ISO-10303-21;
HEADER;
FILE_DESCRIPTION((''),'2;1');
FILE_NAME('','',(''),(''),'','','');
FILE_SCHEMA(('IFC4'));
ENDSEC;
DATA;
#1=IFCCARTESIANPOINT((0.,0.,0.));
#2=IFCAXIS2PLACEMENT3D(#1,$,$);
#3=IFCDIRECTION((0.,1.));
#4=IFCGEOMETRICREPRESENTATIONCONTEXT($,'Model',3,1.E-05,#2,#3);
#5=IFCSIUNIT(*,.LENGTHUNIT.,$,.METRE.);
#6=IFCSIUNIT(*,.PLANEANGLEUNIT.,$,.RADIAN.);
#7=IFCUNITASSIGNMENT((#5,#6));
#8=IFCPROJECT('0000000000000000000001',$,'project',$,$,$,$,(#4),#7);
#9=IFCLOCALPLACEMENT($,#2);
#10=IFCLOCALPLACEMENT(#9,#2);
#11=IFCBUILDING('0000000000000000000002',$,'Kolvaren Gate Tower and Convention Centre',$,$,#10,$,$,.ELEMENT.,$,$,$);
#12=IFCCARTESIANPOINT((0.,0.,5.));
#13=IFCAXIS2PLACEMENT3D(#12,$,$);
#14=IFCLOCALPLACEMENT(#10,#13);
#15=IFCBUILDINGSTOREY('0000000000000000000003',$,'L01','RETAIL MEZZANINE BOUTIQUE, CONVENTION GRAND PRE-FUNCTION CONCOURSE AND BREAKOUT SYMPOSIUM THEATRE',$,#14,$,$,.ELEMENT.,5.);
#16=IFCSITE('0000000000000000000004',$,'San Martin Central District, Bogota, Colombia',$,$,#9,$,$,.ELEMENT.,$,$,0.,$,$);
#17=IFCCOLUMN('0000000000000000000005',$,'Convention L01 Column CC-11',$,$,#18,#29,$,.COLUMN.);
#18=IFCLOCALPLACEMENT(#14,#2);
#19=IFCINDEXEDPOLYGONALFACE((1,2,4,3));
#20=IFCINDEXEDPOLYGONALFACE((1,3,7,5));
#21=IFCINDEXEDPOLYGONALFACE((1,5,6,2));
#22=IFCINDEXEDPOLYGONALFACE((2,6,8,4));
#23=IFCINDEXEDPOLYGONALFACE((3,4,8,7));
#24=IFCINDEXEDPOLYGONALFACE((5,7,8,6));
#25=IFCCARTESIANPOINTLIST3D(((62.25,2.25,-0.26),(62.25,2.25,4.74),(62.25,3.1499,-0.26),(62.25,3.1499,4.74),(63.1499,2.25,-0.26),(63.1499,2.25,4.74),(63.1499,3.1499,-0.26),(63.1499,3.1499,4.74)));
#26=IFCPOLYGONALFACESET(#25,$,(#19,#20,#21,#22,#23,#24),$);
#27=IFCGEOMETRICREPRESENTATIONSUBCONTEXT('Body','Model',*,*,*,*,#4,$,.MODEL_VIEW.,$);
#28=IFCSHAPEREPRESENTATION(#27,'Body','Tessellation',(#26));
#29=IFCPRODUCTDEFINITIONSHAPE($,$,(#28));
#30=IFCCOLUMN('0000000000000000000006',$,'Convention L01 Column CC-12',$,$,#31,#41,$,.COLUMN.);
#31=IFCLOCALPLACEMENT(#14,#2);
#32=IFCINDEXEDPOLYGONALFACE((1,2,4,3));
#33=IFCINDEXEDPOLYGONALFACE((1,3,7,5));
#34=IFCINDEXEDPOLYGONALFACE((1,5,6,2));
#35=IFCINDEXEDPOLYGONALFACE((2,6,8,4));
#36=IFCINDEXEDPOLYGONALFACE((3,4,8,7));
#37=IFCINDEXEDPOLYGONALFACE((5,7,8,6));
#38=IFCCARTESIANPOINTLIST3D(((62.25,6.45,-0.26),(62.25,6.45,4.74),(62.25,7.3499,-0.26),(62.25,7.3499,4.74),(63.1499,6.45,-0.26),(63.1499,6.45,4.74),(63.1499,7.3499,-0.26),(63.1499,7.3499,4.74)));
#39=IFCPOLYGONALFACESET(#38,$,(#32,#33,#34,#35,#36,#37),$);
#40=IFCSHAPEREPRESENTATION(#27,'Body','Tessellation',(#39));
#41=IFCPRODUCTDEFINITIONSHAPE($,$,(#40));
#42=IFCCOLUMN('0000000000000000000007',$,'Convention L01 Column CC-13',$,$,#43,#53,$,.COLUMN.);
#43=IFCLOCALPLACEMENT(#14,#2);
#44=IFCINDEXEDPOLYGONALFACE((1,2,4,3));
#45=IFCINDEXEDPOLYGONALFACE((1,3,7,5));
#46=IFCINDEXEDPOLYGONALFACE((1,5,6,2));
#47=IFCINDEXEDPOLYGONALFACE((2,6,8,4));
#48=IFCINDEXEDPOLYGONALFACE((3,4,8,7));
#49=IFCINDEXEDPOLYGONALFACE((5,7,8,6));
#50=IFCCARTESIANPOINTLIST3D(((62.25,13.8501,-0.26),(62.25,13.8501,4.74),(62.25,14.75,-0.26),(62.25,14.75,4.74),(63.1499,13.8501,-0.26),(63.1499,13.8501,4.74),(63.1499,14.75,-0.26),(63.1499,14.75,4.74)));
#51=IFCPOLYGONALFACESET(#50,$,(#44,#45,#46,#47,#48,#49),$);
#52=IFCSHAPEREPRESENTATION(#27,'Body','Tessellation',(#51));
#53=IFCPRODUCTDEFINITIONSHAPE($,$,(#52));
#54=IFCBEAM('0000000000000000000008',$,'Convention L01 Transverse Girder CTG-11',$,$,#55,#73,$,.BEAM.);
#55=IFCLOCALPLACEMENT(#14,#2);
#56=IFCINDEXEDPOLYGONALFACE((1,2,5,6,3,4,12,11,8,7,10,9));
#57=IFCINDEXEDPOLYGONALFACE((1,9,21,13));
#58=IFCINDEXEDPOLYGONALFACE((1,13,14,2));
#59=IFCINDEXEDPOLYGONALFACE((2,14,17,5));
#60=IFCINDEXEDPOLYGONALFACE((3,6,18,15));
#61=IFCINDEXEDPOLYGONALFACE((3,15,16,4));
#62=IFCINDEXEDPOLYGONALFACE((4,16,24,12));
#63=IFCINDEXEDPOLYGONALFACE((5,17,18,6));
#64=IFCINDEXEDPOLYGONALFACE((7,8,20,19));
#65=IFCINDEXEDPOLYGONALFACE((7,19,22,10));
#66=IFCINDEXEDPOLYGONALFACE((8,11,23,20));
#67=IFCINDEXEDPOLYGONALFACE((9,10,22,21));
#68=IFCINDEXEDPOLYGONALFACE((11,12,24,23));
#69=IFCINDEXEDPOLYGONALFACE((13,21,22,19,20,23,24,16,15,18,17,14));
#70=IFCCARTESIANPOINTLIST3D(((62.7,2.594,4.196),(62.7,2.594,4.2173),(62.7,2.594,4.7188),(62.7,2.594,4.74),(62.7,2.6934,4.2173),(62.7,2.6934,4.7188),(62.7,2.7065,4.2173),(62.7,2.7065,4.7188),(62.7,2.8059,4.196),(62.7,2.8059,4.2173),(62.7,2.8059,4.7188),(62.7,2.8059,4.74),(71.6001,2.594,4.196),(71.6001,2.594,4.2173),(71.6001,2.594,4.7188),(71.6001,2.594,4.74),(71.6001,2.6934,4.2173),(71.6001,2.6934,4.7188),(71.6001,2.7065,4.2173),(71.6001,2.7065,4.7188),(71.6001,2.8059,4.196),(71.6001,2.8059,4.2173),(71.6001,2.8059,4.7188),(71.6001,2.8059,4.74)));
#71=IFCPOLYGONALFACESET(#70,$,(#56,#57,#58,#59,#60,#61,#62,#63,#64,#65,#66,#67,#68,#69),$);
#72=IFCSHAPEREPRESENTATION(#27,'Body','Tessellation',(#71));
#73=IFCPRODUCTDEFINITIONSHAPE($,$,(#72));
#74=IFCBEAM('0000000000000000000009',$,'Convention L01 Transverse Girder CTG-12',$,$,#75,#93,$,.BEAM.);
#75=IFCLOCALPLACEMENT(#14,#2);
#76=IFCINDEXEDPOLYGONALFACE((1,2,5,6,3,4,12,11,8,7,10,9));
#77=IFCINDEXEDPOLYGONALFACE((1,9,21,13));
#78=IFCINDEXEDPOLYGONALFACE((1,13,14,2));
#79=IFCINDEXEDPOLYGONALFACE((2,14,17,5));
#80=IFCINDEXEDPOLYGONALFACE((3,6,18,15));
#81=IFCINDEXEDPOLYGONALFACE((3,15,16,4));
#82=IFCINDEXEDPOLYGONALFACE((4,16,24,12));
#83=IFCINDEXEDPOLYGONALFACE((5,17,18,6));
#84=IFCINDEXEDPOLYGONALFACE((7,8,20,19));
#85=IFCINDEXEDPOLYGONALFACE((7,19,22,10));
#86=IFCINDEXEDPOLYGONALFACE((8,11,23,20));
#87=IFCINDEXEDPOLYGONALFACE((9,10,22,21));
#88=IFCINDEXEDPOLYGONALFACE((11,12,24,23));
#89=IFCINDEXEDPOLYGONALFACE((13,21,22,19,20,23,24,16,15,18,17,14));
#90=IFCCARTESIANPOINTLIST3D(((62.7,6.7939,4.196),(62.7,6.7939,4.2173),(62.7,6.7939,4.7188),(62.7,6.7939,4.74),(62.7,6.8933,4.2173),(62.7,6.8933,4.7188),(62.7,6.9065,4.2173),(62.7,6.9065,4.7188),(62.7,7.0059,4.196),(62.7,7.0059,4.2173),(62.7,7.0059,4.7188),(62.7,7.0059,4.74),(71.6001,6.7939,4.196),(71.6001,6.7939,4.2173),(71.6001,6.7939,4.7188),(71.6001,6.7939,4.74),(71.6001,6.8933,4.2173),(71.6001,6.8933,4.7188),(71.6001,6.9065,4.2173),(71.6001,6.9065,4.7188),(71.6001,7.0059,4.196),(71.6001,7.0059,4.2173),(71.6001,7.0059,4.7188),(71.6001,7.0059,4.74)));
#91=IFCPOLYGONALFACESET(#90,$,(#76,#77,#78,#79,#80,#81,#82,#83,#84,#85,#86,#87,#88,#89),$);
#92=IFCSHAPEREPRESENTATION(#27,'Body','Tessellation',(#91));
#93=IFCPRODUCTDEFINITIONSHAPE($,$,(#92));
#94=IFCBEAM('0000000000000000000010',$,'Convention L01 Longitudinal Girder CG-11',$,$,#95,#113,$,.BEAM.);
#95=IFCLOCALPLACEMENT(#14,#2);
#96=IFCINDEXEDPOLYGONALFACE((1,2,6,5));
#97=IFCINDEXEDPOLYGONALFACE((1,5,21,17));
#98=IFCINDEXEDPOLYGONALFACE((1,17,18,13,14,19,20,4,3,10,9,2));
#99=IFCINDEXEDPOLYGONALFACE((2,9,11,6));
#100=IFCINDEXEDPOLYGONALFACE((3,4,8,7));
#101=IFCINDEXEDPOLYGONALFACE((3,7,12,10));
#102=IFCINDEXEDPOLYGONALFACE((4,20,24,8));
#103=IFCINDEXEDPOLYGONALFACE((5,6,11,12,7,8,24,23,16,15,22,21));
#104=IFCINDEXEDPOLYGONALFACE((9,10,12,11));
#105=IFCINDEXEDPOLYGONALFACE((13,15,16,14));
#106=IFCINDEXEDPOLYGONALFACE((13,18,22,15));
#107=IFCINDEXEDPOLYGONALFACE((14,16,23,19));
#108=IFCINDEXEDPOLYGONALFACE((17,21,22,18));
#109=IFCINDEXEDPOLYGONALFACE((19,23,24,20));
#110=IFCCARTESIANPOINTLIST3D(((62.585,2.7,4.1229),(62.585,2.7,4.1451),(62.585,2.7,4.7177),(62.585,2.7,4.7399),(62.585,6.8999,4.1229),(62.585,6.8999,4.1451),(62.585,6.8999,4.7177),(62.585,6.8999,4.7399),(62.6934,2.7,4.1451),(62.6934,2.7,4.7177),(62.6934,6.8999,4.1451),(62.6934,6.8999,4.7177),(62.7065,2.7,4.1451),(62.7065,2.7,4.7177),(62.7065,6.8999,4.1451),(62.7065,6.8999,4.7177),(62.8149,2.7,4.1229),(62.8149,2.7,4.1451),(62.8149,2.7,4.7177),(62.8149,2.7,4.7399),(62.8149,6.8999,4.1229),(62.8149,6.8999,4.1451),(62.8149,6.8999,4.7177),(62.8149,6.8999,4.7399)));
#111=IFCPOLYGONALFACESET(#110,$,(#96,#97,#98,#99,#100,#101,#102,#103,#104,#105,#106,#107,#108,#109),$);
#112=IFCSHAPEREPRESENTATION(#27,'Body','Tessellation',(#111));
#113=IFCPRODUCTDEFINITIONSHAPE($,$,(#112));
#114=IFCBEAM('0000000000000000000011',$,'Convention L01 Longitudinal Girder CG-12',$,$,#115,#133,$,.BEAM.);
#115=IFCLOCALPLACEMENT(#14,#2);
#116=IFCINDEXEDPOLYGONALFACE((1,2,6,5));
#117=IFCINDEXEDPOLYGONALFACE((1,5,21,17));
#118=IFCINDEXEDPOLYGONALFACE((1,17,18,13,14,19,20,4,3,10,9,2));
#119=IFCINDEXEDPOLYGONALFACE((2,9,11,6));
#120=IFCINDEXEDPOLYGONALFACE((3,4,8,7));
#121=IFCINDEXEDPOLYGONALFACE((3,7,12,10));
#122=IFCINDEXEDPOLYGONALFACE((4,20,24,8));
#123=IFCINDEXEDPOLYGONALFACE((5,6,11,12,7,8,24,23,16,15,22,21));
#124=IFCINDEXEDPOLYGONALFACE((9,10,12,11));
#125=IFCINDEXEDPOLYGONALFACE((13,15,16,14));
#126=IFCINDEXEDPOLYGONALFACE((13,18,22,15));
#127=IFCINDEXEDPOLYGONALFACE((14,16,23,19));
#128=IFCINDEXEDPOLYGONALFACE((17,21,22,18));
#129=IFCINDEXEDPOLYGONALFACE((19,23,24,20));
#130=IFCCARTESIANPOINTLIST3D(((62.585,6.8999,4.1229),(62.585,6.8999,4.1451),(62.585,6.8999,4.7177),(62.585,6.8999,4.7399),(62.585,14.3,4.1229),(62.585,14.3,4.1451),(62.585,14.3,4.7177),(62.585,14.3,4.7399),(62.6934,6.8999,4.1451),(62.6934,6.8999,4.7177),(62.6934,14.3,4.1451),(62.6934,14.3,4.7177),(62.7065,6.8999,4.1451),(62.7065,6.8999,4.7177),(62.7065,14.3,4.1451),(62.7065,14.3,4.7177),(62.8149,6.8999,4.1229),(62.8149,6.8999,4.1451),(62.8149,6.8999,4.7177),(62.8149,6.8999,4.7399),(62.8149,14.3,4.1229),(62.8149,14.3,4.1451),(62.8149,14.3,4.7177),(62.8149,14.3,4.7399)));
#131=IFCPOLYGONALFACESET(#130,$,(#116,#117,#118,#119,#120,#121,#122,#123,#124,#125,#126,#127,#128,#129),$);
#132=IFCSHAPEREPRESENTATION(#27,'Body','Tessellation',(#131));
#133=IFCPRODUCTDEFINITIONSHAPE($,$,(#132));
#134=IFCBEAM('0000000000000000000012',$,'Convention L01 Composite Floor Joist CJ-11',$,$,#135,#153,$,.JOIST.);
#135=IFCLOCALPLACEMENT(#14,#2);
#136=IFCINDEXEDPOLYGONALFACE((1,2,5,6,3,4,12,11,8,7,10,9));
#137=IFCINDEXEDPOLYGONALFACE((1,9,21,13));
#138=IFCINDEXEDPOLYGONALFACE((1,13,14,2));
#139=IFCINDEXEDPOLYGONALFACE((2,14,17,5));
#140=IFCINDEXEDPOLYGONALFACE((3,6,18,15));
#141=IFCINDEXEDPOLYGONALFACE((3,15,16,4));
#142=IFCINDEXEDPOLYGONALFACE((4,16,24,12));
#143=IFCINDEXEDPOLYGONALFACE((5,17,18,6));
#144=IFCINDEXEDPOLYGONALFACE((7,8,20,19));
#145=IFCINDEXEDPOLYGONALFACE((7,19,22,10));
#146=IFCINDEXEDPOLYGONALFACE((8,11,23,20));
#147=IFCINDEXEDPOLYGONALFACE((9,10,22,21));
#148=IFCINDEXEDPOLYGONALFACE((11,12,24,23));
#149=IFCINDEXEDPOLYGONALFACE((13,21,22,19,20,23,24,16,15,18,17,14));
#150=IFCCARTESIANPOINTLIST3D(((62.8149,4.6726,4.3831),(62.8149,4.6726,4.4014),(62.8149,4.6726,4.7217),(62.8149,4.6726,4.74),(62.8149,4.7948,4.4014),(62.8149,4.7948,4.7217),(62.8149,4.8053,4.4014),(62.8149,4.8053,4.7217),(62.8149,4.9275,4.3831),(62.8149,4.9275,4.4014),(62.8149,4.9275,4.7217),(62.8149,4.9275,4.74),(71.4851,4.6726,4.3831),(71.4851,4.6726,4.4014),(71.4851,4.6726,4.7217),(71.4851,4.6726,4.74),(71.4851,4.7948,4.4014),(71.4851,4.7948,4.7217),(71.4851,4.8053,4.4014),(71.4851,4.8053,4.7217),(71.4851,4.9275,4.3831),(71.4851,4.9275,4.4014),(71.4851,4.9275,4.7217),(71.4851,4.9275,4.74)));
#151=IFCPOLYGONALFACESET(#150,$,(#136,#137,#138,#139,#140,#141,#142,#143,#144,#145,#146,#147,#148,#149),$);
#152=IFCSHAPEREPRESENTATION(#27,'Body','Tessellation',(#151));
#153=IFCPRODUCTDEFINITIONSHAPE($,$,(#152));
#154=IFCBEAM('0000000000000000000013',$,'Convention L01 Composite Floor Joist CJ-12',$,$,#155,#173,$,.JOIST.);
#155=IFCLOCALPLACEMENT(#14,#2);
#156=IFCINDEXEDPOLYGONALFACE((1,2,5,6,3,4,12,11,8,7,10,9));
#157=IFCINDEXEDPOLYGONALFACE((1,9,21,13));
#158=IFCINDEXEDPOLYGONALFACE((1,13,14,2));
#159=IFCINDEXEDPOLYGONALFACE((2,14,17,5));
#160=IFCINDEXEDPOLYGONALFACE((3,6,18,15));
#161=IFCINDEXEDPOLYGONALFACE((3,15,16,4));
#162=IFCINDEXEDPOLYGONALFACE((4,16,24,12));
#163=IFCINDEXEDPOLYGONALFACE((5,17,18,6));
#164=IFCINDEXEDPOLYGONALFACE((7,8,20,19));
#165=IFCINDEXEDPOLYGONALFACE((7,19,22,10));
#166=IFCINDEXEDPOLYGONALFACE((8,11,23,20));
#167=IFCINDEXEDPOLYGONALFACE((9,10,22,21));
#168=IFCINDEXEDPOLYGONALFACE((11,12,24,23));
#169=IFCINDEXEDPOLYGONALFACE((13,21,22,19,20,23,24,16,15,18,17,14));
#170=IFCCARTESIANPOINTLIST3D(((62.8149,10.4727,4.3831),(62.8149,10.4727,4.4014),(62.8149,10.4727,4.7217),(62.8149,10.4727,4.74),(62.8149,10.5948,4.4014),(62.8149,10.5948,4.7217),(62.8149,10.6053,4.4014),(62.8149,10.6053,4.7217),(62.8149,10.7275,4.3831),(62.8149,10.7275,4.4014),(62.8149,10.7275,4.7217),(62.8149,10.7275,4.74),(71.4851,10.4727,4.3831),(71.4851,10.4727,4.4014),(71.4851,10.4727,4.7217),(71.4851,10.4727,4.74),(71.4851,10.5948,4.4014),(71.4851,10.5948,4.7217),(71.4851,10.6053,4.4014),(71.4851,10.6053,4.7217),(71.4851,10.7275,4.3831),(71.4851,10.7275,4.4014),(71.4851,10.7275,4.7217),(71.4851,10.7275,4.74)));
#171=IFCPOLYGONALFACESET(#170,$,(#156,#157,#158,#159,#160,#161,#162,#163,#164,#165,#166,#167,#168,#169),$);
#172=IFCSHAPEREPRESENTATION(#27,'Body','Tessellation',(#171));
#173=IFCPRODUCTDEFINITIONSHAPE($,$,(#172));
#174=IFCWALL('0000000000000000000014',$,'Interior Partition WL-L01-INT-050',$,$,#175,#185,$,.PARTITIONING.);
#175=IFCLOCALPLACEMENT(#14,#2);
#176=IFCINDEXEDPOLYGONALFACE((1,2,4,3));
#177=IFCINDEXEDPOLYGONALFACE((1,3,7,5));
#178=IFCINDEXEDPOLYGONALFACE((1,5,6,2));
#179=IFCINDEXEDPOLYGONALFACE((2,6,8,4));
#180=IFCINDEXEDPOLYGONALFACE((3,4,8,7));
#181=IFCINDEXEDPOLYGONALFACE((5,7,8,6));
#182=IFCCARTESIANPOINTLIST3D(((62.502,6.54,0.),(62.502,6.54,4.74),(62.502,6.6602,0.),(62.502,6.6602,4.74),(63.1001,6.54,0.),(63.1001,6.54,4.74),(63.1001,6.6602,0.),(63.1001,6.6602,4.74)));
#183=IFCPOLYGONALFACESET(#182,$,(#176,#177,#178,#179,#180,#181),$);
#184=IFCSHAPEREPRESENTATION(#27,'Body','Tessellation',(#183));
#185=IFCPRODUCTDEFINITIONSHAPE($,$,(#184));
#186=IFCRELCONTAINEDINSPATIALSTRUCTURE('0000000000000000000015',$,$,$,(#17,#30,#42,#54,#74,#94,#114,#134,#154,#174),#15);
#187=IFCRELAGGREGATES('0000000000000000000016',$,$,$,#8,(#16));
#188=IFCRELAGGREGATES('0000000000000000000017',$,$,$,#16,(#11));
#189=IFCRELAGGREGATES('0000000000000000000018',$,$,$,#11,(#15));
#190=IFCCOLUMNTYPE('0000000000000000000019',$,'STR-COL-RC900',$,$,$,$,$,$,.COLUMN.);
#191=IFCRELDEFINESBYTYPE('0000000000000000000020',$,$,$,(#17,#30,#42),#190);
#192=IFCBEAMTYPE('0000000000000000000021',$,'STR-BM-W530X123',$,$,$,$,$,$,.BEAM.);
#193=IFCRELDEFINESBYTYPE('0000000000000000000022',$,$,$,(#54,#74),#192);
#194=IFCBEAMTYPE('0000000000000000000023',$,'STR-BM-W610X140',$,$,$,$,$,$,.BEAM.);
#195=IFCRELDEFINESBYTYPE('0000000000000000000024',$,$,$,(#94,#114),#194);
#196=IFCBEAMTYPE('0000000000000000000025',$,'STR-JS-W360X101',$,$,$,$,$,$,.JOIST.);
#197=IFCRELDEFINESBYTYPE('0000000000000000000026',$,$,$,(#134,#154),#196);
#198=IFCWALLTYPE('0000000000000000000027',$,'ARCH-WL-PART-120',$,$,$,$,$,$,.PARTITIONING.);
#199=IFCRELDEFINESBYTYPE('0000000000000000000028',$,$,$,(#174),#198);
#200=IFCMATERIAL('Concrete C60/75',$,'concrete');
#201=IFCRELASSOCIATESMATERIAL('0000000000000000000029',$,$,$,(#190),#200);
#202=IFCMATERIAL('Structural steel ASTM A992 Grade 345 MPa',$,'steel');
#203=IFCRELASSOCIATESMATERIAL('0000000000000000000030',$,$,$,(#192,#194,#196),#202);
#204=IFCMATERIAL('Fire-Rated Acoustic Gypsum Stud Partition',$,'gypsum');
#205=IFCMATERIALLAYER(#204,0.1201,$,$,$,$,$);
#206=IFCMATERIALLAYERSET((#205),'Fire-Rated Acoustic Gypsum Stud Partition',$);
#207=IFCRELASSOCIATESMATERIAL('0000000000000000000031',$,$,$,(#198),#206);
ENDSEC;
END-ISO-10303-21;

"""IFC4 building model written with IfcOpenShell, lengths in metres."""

from ifc_helpers import new_model, si_unit, direction, frame, frame_2d, origin, origin_2d, place, context, subcontext, project, spatial, rectangle, i_section, extrude, material, layer, layer_set, material_profile, profile_set, type_object, element, save


model = new_model("IFC4")

# Units and contexts
model_context = context("Model", 3, precision=1e-05, world=origin(), true_north=direction((0.0, 1.0)))
body_context = subcontext(model_context, "Body", "Model", "MODEL_VIEW")
ifc_project = project(units=[si_unit("LENGTHUNIT", "METRE"), si_unit("PLANEANGLEUNIT", "RADIAN")], contexts=[model_context])

# Site, building, storey
site_placement = place(None, origin())
site = spatial("IfcSite", under=ifc_project, at=site_placement, Name="San Martin Central District, Bogota, Colombia", CompositionType="ELEMENT", RefElevation=0.0)
building_placement = place(site_placement, origin())
building = spatial("IfcBuilding", under=site, at=building_placement, Name="Kolvaren Gate Tower and Convention Centre", CompositionType="ELEMENT")
storey_placement = place(building_placement, frame((0.0, 0.0, 5.0)))
storey = spatial("IfcBuildingStorey", under=building, at=storey_placement, Name="L01", Description="RETAIL MEZZANINE BOUTIQUE, CONVENTION GRAND PRE-FUNCTION CONCOURSE AND BREAKOUT SYMPOSIUM THEATRE", CompositionType="ELEMENT", Elevation=5.0)

# Columns
ifc_material_1 = material(Name="Concrete C60/75", Category="concrete")
ifc_material_profile_1 = material_profile(ifc_material_1, rectangle(XDim=0.8999, YDim=0.8999, at=origin_2d()), Name="RC-COL-900X900")
ifc_profile_set_1 = profile_set([ifc_material_profile_1], Name="Concrete C60/75")
column_type = type_object("IfcColumnType", Name="STR-COL-RC900", PredefinedType="COLUMN", material=ifc_profile_set_1)
for number, where, z_axis, x_axis, name in (
    (1, (62.7, 2.7, -0.26), (0.0, 0.0, 1.0), (1.0, 0.0, 0.0), "Convention L01 Column CC-11"),
    (2, (62.7, 6.8999, -0.26), (0.0, 0.0, 1.0), (1.0, 0.0, 0.0), "Convention L01 Column CC-12"),
    (3, (62.7, 14.3, -0.26), (0.0, 0.0, 1.0), (1.0, 0.0, 0.0), "Convention L01 Column CC-13"),
):
    element("IfcColumn", number, at=place(storey_placement, frame(where, z_axis=z_axis, x_axis=x_axis)), inside=storey, type_object=column_type, Name=name, PredefinedType="COLUMN", context=body_context, shape_type="SweptSolid", body=[
        extrude(rectangle(XDim=0.8999, YDim=0.8999, at=origin_2d()), origin(), (0.0, 0.0, 1.0), 5.0),
    ])

# Beams
ifc_material_2 = material(Name="Structural steel ASTM A992 Grade 345 MPa", Category="steel")
ifc_material_profile_2 = material_profile(ifc_material_2, i_section(OverallWidth=0.2119, OverallDepth=0.5439, WebThickness=0.0132, FlangeThickness=0.0212, at=origin_2d()), Name="W530X123")
ifc_profile_set_2 = profile_set([ifc_material_profile_2], Name="Structural steel ASTM A992 Grade 345 MPa")
beam_type_1 = type_object("IfcBeamType", Name="STR-BM-W530X123", PredefinedType="BEAM", material=ifc_profile_set_2)
for number, where, z_axis, x_axis, name in (
    (4, (62.7, 2.7, 4.468), (1.0, 0.0, 0.0), (0.0, 1.0, 0.0), "Convention L01 Transverse Girder CTG-11"),
    (5, (62.7, 6.8999, 4.468), (1.0, 0.0, 0.0), (0.0, 1.0, 0.0), "Convention L01 Transverse Girder CTG-12"),
):
    element("IfcBeam", number, at=place(storey_placement, frame(where, z_axis=z_axis, x_axis=x_axis)), inside=storey, type_object=beam_type_1, Name=name, PredefinedType="BEAM", context=body_context, shape_type="SweptSolid", body=[
        extrude(i_section(OverallWidth=0.2119, OverallDepth=0.5439, WebThickness=0.0132, FlangeThickness=0.0212, at=origin_2d()), origin(), (0.0, 0.0, 1.0), 8.9001),
    ])
ifc_material_profile_3 = material_profile(ifc_material_2, i_section(OverallWidth=0.23, OverallDepth=0.6169, WebThickness=0.0132, FlangeThickness=0.0222, at=origin_2d()), Name="W610X140")
ifc_profile_set_3 = profile_set([ifc_material_profile_3], Name="Structural steel ASTM A992 Grade 345 MPa")
beam_type_2 = type_object("IfcBeamType", Name="STR-BM-W610X140", PredefinedType="BEAM", material=ifc_profile_set_3)
beam_1_placement = place(storey_placement, frame((62.7, 2.7, 4.4314), z_axis=(0.0, 1.0, 0.0), x_axis=(-1.0, 0.0, 0.0)))
element("IfcBeam", 6, at=beam_1_placement, inside=storey, type_object=beam_type_2, Name="Convention L01 Longitudinal Girder CG-11", PredefinedType="BEAM", context=body_context, shape_type="SweptSolid", body=[
    extrude(i_section(OverallWidth=0.23, OverallDepth=0.6169, WebThickness=0.0132, FlangeThickness=0.0222, at=origin_2d()), origin(), (0.0, 0.0, 1.0), 4.2),
])
beam_2_placement = place(storey_placement, frame((62.7, 6.8999, 4.4314), z_axis=(0.0, 1.0, 0.0), x_axis=(-1.0, 0.0, 0.0)))
element("IfcBeam", 7, at=beam_2_placement, inside=storey, type_object=beam_type_2, Name="Convention L01 Longitudinal Girder CG-12", PredefinedType="BEAM", context=body_context, shape_type="SweptSolid", body=[
    extrude(i_section(OverallWidth=0.23, OverallDepth=0.6169, WebThickness=0.0132, FlangeThickness=0.0222, at=origin_2d()), origin(), (0.0, 0.0, 1.0), 7.4001),
])
ifc_material_profile_4 = material_profile(ifc_material_2, i_section(OverallWidth=0.2549, OverallDepth=0.3569, WebThickness=0.0105, FlangeThickness=0.0183, at=origin_2d()), Name="W360X101")
ifc_profile_set_4 = profile_set([ifc_material_profile_4], Name="Structural steel ASTM A992 Grade 345 MPa")
beam_type_3 = type_object("IfcBeamType", Name="STR-JS-W360X101", PredefinedType="JOIST", material=ifc_profile_set_4)
for number, where, z_axis, x_axis, name in (
    (8, (62.8149, 4.8, 4.5615), (1.0, 0.0, 0.0), (0.0, 1.0, 0.0), "Convention L01 Composite Floor Joist CJ-11"),
    (9, (62.8149, 10.6001, 4.5615), (1.0, 0.0, 0.0), (0.0, 1.0, 0.0), "Convention L01 Composite Floor Joist CJ-12"),
):
    element("IfcBeam", number, at=place(storey_placement, frame(where, z_axis=z_axis, x_axis=x_axis)), inside=storey, type_object=beam_type_3, Name=name, PredefinedType="JOIST", context=body_context, shape_type="SweptSolid", body=[
        extrude(i_section(OverallWidth=0.2549, OverallDepth=0.3569, WebThickness=0.0105, FlangeThickness=0.0183, at=origin_2d()), origin(), (0.0, 0.0, 1.0), 8.6702),
    ])

# Wall
ifc_material_3 = material(Name="Fire-Rated Acoustic Gypsum Stud Partition", Category="gypsum")
ifc_layer_1 = layer(ifc_material_3, 0.1201)
ifc_layer_set_1 = layer_set([ifc_layer_1], Name="Fire-Rated Acoustic Gypsum Stud Partition")
wall_type_1 = type_object("IfcWallType", Name="ARCH-WL-PART-120", PredefinedType="PARTITIONING", material=ifc_layer_set_1)
wall_1_placement = place(storey_placement, frame((62.502, 6.6001, 0.0), z_axis=(0.0, 0.0, 1.0), x_axis=(1.0, 0.0, 0.0)))
element("IfcWall", 10, at=wall_1_placement, inside=storey, type_object=wall_type_1, Name="Interior Partition WL-L01-INT-050", PredefinedType="PARTITIONING", context=body_context, shape_type="SweptSolid", body=[
    extrude(rectangle(XDim=0.5981, YDim=0.1201, at=frame_2d((0.2991, 0.0))), origin(), (0.0, 0.0, 1.0), 4.74),
])

save(model, "model.ifc")
